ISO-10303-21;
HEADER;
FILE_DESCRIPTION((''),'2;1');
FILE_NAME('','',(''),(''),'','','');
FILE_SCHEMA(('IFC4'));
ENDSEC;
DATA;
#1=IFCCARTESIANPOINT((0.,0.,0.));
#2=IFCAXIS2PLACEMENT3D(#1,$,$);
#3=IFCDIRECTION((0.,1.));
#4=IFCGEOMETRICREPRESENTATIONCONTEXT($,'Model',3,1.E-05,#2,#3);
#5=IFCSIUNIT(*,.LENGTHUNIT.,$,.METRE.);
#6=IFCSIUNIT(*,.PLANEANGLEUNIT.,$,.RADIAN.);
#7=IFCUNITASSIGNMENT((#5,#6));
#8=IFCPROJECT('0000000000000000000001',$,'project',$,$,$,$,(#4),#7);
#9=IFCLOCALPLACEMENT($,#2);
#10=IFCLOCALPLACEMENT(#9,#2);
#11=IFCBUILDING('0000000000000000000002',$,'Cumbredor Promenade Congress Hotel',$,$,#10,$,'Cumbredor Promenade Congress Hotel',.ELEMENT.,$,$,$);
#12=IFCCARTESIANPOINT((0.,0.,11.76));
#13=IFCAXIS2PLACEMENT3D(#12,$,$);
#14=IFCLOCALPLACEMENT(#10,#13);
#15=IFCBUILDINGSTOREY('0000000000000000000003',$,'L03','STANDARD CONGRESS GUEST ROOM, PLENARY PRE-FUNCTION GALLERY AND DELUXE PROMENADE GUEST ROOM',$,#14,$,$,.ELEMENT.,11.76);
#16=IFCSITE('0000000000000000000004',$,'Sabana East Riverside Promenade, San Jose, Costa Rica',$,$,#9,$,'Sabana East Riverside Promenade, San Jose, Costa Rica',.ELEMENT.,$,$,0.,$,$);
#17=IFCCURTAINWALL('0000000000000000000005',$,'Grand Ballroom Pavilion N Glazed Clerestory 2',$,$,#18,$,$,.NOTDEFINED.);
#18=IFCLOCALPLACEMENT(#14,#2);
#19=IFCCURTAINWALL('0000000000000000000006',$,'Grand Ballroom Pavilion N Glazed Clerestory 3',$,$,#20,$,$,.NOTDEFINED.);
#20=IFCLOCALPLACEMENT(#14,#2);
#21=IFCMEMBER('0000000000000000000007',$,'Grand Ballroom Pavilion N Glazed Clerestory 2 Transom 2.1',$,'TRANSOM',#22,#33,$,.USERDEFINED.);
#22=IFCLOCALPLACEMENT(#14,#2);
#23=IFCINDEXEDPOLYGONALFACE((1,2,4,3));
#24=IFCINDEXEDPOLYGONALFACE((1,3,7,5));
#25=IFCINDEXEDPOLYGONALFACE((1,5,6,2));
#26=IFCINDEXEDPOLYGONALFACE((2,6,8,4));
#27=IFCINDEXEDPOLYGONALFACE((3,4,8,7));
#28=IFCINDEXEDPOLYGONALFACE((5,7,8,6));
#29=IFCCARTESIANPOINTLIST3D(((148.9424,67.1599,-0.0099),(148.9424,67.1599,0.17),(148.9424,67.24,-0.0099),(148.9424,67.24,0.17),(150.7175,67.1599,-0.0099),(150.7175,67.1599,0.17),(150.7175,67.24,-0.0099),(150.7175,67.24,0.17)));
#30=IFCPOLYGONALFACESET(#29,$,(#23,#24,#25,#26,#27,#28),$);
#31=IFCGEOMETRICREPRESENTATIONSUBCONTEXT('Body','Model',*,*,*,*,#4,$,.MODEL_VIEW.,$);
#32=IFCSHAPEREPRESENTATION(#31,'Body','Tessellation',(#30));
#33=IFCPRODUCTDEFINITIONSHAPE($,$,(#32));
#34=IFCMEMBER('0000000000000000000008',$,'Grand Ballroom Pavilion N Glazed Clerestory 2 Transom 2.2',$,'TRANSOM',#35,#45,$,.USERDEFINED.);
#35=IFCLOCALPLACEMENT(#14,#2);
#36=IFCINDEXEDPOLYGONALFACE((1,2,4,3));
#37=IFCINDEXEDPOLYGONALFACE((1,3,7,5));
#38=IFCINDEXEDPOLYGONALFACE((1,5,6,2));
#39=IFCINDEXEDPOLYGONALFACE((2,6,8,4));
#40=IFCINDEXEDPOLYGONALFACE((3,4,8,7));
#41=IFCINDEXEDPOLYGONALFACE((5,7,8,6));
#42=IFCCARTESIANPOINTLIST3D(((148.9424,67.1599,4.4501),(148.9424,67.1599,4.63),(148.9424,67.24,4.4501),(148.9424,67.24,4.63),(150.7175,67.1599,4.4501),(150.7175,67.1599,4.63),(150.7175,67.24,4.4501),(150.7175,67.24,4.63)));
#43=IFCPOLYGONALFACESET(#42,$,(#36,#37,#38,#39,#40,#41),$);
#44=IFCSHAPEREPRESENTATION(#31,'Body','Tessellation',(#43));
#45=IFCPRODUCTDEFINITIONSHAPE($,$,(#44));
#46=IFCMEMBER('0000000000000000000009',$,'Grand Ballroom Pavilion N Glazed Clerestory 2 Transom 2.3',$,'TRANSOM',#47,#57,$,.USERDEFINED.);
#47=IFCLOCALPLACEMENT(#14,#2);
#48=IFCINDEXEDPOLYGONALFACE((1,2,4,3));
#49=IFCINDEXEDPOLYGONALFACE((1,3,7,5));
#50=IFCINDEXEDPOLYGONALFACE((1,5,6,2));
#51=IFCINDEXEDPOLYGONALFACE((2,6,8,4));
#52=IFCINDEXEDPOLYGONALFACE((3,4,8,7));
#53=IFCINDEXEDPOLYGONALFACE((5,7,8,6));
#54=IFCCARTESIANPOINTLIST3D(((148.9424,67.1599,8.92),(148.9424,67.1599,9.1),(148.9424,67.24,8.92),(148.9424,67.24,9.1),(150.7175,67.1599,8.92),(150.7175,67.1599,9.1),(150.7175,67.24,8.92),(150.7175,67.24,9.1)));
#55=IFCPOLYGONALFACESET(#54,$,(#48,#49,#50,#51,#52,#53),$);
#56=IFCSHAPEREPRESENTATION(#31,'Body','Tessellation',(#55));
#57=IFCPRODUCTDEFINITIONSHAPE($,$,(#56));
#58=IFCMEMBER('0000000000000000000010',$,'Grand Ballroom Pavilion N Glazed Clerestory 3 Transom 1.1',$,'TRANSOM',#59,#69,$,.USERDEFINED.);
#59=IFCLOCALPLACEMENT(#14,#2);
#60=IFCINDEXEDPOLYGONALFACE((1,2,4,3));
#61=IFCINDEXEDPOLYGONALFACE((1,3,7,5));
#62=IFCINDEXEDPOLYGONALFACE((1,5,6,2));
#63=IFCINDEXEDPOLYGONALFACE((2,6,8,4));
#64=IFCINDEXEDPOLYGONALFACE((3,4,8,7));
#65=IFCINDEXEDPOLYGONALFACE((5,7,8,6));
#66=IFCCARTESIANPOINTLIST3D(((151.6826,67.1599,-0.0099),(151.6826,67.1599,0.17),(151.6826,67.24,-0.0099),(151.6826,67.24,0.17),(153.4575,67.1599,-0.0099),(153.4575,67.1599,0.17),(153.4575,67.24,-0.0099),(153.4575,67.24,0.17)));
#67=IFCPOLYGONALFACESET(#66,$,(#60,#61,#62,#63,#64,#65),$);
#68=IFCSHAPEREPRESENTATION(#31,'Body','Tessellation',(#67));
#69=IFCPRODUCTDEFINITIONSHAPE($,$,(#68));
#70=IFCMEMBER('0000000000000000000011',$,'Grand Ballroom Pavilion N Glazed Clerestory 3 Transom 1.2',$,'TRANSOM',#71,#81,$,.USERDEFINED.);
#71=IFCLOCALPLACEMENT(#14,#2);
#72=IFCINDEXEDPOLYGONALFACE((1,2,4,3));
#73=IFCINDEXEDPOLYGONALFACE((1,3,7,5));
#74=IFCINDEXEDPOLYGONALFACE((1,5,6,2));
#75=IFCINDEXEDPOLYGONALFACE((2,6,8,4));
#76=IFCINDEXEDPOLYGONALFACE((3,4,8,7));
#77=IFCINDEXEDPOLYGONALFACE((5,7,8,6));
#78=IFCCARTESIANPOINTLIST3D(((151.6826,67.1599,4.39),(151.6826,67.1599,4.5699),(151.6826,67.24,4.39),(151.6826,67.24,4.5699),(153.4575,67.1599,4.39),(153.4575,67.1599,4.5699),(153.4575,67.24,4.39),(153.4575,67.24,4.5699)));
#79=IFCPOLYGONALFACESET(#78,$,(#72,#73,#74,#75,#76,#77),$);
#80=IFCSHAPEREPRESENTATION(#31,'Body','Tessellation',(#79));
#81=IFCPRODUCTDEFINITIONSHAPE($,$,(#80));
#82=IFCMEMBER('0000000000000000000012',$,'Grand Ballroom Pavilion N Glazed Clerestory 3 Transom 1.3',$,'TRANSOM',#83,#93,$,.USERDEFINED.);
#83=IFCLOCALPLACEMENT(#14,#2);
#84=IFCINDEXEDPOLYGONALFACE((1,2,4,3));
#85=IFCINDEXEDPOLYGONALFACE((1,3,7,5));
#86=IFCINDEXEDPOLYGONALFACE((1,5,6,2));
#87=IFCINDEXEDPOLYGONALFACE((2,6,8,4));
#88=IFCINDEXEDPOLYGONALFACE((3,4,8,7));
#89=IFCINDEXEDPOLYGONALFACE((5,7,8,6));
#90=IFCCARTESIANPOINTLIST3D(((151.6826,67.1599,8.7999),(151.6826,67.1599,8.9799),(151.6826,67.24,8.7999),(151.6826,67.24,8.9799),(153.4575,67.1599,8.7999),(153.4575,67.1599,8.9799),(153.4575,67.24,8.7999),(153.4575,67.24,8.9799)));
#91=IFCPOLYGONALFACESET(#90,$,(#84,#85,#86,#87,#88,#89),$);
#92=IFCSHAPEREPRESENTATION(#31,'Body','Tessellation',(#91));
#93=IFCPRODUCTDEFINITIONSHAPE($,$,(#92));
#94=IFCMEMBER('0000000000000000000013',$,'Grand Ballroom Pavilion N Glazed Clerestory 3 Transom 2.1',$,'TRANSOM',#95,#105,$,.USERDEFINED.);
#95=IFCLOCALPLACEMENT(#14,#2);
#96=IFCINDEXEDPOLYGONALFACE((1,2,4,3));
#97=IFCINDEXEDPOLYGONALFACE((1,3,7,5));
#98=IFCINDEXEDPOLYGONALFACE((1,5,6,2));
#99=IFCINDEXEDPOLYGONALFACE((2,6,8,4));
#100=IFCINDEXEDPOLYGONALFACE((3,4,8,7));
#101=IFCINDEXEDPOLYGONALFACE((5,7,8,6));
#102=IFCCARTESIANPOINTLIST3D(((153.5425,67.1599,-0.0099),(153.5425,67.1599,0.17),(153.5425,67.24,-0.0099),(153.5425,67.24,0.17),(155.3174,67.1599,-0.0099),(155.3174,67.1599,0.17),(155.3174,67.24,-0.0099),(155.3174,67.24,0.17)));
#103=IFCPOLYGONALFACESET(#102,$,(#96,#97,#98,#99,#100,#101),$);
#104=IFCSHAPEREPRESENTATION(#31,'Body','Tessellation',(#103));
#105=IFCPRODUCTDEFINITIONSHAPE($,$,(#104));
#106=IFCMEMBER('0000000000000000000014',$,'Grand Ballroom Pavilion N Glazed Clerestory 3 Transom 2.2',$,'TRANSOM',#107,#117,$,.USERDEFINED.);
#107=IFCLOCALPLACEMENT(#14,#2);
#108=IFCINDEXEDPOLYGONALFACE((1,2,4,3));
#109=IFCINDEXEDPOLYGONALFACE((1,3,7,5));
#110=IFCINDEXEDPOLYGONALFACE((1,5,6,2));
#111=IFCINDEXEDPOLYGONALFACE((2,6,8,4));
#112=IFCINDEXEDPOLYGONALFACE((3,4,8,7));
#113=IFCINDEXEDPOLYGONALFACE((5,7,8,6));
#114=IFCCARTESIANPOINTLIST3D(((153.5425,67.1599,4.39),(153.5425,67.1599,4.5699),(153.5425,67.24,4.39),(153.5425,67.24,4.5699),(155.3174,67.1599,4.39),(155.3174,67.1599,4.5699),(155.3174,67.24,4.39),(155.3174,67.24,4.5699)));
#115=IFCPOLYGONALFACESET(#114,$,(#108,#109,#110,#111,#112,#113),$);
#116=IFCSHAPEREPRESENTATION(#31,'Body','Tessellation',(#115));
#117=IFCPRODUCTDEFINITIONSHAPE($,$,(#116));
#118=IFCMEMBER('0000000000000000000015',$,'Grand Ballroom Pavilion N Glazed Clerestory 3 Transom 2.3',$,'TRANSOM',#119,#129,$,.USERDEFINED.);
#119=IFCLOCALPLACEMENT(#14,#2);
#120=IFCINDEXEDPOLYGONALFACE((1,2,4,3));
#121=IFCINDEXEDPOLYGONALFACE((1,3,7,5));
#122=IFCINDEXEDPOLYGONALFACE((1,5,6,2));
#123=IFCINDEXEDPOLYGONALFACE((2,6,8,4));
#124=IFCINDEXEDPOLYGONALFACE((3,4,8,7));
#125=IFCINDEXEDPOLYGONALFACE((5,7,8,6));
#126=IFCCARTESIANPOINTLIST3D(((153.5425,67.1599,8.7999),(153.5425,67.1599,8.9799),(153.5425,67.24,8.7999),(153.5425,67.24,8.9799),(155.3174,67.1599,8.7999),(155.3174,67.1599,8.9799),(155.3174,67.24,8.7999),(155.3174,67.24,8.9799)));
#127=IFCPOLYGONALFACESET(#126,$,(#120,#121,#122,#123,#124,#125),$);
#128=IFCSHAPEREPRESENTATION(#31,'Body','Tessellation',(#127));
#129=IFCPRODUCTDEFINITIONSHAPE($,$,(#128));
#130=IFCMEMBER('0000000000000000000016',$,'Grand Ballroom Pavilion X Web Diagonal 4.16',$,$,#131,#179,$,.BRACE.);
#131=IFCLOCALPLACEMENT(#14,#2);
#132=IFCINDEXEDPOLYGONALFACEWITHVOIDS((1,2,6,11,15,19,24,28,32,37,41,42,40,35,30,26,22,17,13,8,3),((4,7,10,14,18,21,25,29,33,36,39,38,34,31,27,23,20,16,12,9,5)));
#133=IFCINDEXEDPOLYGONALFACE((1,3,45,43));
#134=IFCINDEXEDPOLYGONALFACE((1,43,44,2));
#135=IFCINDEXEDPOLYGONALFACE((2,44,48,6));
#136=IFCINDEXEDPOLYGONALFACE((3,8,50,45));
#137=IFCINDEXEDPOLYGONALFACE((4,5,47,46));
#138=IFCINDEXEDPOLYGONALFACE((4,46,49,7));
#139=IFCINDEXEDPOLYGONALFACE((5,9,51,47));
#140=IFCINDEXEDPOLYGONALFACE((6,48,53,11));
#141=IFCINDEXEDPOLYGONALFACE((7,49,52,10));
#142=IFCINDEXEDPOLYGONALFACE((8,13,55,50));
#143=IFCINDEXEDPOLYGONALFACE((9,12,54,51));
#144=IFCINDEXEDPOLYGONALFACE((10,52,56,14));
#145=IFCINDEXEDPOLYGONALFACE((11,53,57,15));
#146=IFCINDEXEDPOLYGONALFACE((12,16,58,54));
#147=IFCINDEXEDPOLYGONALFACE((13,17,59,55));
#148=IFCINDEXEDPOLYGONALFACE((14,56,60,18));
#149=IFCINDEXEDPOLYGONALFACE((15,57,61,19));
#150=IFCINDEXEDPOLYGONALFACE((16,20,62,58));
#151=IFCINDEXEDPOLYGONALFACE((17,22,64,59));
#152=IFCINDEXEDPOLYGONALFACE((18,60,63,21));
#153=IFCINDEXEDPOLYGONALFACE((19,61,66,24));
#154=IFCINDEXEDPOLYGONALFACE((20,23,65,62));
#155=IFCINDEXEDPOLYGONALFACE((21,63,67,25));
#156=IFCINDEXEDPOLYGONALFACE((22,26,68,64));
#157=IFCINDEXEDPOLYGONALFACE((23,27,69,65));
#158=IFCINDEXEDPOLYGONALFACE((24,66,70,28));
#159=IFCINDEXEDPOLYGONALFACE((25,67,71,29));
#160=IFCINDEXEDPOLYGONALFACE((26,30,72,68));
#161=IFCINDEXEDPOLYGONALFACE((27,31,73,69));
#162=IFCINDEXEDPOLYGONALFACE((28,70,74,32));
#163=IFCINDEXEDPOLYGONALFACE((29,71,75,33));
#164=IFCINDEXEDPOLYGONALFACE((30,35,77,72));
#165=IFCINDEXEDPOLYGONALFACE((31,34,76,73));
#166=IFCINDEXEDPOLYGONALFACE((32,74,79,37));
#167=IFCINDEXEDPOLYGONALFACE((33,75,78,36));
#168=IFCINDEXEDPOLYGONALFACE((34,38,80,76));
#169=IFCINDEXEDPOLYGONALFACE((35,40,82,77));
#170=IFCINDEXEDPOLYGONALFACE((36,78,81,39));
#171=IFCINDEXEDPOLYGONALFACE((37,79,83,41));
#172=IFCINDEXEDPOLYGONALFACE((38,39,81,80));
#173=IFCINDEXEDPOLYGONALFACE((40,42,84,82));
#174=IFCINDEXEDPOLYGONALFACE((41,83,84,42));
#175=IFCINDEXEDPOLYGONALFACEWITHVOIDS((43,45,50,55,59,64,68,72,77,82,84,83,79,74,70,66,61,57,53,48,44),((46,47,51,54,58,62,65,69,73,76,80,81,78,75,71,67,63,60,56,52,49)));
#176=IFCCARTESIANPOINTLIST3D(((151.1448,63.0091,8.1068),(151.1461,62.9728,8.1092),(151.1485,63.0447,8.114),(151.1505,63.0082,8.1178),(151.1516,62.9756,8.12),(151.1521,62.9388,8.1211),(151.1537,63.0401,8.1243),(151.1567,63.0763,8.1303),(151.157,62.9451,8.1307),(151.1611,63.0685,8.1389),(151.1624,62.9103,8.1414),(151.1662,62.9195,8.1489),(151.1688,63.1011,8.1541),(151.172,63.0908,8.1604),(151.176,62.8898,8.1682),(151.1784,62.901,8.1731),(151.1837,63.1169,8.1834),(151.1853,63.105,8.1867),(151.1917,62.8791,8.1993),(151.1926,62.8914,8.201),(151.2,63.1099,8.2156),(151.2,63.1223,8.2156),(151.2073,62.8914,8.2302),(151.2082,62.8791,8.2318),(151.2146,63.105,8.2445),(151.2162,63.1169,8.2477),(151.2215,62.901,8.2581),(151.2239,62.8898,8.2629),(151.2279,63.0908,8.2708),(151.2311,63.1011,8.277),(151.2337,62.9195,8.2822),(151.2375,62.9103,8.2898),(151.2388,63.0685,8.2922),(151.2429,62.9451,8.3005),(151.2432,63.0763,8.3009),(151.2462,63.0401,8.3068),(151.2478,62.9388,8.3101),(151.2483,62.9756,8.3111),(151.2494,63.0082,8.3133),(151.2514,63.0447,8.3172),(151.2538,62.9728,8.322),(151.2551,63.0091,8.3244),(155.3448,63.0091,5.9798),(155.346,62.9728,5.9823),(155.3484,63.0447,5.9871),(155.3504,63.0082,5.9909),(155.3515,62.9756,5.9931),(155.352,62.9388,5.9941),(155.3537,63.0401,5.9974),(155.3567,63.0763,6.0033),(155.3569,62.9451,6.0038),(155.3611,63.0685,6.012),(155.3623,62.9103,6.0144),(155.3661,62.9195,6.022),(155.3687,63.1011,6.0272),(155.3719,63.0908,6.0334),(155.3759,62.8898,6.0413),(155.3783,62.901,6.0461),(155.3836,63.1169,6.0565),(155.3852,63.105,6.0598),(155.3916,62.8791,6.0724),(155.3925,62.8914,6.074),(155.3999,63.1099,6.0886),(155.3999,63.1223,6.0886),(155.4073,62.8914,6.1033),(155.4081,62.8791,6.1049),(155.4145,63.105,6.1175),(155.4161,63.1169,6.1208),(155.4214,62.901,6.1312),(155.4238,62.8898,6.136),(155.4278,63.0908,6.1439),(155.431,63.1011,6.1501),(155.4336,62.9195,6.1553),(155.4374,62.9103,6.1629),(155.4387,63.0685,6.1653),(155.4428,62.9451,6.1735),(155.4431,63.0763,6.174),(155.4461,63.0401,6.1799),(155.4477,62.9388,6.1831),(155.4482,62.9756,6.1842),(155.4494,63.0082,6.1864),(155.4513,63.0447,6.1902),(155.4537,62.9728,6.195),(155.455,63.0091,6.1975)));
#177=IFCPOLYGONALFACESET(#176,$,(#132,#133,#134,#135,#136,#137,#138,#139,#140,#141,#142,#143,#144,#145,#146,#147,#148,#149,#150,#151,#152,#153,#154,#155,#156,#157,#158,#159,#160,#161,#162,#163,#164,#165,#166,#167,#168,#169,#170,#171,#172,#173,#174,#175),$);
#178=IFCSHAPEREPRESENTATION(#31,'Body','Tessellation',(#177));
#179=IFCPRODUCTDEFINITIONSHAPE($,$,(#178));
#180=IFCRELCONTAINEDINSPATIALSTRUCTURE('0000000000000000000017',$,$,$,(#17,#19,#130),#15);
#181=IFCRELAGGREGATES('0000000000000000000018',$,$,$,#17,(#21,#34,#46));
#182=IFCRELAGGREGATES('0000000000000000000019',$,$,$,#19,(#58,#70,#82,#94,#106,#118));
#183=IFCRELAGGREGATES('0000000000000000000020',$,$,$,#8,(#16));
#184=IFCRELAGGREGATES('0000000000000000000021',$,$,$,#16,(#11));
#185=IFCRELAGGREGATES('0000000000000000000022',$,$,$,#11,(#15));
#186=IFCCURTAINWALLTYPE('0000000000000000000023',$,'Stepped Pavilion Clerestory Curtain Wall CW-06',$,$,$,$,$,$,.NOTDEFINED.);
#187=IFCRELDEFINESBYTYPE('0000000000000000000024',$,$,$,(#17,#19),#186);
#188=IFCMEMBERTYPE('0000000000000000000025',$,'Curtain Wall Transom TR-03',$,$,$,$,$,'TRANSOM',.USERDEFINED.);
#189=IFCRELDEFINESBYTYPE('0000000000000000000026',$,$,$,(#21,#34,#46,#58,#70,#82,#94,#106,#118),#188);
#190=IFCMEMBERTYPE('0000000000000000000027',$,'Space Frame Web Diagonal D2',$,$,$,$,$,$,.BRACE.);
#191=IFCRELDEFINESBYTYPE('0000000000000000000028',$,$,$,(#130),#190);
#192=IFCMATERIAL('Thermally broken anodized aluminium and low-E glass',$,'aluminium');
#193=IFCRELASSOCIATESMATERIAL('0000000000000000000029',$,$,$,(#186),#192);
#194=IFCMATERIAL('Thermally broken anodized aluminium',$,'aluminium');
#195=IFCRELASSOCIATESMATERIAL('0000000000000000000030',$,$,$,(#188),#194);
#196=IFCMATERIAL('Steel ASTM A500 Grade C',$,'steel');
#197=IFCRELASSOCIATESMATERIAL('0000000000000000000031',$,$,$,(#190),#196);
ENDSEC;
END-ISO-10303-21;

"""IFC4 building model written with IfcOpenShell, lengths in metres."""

from ifc_helpers import new_model, si_unit, direction, frame, origin, origin_2d, place, context, subcontext, project, spatial, rectangle, hollow_circle, extrude, material, material_profile, profile_set, type_object, element, aggregate, save


model = new_model("IFC4")

# Units and contexts
model_context = context("Model", 3, precision=1e-05, world=origin(), true_north=direction((0.0, 1.0)))
body_context = subcontext(model_context, "Body", "Model", "MODEL_VIEW")
ifc_project = project(units=[si_unit("LENGTHUNIT", "METRE"), si_unit("PLANEANGLEUNIT", "RADIAN")], contexts=[model_context])

# Site, building, storey
site_placement = place(None, origin())
site = spatial("IfcSite", under=ifc_project, at=site_placement, Name="Sabana East Riverside Promenade, San Jose, Costa Rica", LongName="Sabana East Riverside Promenade, San Jose, Costa Rica", CompositionType="ELEMENT", RefElevation=0.0)
building_placement = place(site_placement, origin())
building = spatial("IfcBuilding", under=site, at=building_placement, Name="Cumbredor Promenade Congress Hotel", LongName="Cumbredor Promenade Congress Hotel", CompositionType="ELEMENT")
storey_placement = place(building_placement, frame((0.0, 0.0, 11.76)))
storey = spatial("IfcBuildingStorey", under=building, at=storey_placement, Name="L03", Description="STANDARD CONGRESS GUEST ROOM, PLENARY PRE-FUNCTION GALLERY AND DELUXE PROMENADE GUEST ROOM", CompositionType="ELEMENT", Elevation=11.76)

# Shared definitions
ifc_material_1 = material(Name="Steel ASTM A500 Grade C", Category="steel")

# Curtain walls
ifc_material_2 = material(Name="Thermally broken anodized aluminium and low-E glass", Category="aluminium")
curtain_wall_type = type_object("IfcCurtainWallType", Name="Stepped Pavilion Clerestory Curtain Wall CW-06", PredefinedType="NOTDEFINED", material=ifc_material_2)
curtain_wall_1_placement = place(storey_placement, origin())
curtain_wall_1 = element("IfcCurtainWall", 1, at=curtain_wall_1_placement, inside=storey, type_object=curtain_wall_type, Name="Grand Ballroom Pavilion N Glazed Clerestory 2", PredefinedType="NOTDEFINED")
ifc_material_3 = material(Name="Thermally broken anodized aluminium", Category="aluminium")
curtain_wall_2_placement = place(storey_placement, origin())
curtain_wall_2 = element("IfcCurtainWall", 2, at=curtain_wall_2_placement, inside=storey, type_object=curtain_wall_type, Name="Grand Ballroom Pavilion N Glazed Clerestory 3", PredefinedType="NOTDEFINED")

# Members
ifc_material_profile_1 = material_profile(ifc_material_3, rectangle(XDim=0.0801, YDim=0.1799, at=origin_2d()), Name="ALU TRANSOM 80x180")
ifc_profile_set_1 = profile_set([ifc_material_profile_1], Name="Thermally broken anodized aluminium")
member_type_1 = type_object("IfcMemberType", Name="Curtain Wall Transom TR-03", ElementType="TRANSOM", PredefinedType="USERDEFINED", material=ifc_profile_set_1)
member_1_placement = place(storey_placement, frame((148.9424, 67.2, 0.0801), z_axis=(1.0, 0.0, 0.0), x_axis=(0.0, 1.0, 0.0)))
member_1 = element("IfcMember", 3, at=member_1_placement, type_object=member_type_1, Name="Grand Ballroom Pavilion N Glazed Clerestory 2 Transom 2.1", ObjectType="TRANSOM", PredefinedType="USERDEFINED", context=body_context, shape_type="SweptSolid", body=[
    extrude(rectangle(XDim=0.0801, YDim=0.1799, at=origin_2d()), origin(), (0.0, 0.0, 1.0), 1.7751),
])
member_2_placement = place(storey_placement, frame((148.9424, 67.2, 4.54), z_axis=(1.0, 0.0, 0.0), x_axis=(0.0, 1.0, 0.0)))
member_2 = element("IfcMember", 4, at=member_2_placement, type_object=member_type_1, Name="Grand Ballroom Pavilion N Glazed Clerestory 2 Transom 2.2", ObjectType="TRANSOM", PredefinedType="USERDEFINED", context=body_context, shape_type="SweptSolid", body=[
    extrude(rectangle(XDim=0.0801, YDim=0.1799, at=origin_2d()), origin(), (0.0, 0.0, 1.0), 1.7751),
])
member_3_placement = place(storey_placement, frame((148.9424, 67.2, 9.01), z_axis=(1.0, 0.0, 0.0), x_axis=(0.0, 1.0, 0.0)))
member_3 = element("IfcMember", 5, at=member_3_placement, type_object=member_type_1, Name="Grand Ballroom Pavilion N Glazed Clerestory 2 Transom 2.3", ObjectType="TRANSOM", PredefinedType="USERDEFINED", context=body_context, shape_type="SweptSolid", body=[
    extrude(rectangle(XDim=0.0801, YDim=0.1799, at=origin_2d()), origin(), (0.0, 0.0, 1.0), 1.7751),
])
member_4_placement = place(storey_placement, frame((151.6826, 67.2, 0.0801), z_axis=(1.0, 0.0, 0.0), x_axis=(0.0, 1.0, 0.0)))
member_4 = element("IfcMember", 6, at=member_4_placement, type_object=member_type_1, Name="Grand Ballroom Pavilion N Glazed Clerestory 3 Transom 1.1", ObjectType="TRANSOM", PredefinedType="USERDEFINED", context=body_context, shape_type="SweptSolid", body=[
    extrude(rectangle(XDim=0.0801, YDim=0.1799, at=origin_2d()), origin(), (0.0, 0.0, 1.0), 1.7749),
])
member_5_placement = place(storey_placement, frame((151.6826, 67.2, 4.48), z_axis=(1.0, 0.0, 0.0), x_axis=(0.0, 1.0, 0.0)))
member_5 = element("IfcMember", 7, at=member_5_placement, type_object=member_type_1, Name="Grand Ballroom Pavilion N Glazed Clerestory 3 Transom 1.2", ObjectType="TRANSOM", PredefinedType="USERDEFINED", context=body_context, shape_type="SweptSolid", body=[
    extrude(rectangle(XDim=0.0801, YDim=0.1799, at=origin_2d()), origin(), (0.0, 0.0, 1.0), 1.7749),
])
member_6_placement = place(storey_placement, frame((151.6826, 67.2, 8.8899), z_axis=(1.0, 0.0, 0.0), x_axis=(0.0, 1.0, 0.0)))
member_6 = element("IfcMember", 8, at=member_6_placement, type_object=member_type_1, Name="Grand Ballroom Pavilion N Glazed Clerestory 3 Transom 1.3", ObjectType="TRANSOM", PredefinedType="USERDEFINED", context=body_context, shape_type="SweptSolid", body=[
    extrude(rectangle(XDim=0.0801, YDim=0.1799, at=origin_2d()), origin(), (0.0, 0.0, 1.0), 1.7749),
])
member_7_placement = place(storey_placement, frame((153.5425, 67.2, 0.0801), z_axis=(1.0, 0.0, 0.0), x_axis=(0.0, 1.0, 0.0)))
member_7 = element("IfcMember", 9, at=member_7_placement, type_object=member_type_1, Name="Grand Ballroom Pavilion N Glazed Clerestory 3 Transom 2.1", ObjectType="TRANSOM", PredefinedType="USERDEFINED", context=body_context, shape_type="SweptSolid", body=[
    extrude(rectangle(XDim=0.0801, YDim=0.1799, at=origin_2d()), origin(), (0.0, 0.0, 1.0), 1.7749),
])
member_8_placement = place(storey_placement, frame((153.5425, 67.2, 4.48), z_axis=(1.0, 0.0, 0.0), x_axis=(0.0, 1.0, 0.0)))
member_8 = element("IfcMember", 10, at=member_8_placement, type_object=member_type_1, Name="Grand Ballroom Pavilion N Glazed Clerestory 3 Transom 2.2", ObjectType="TRANSOM", PredefinedType="USERDEFINED", context=body_context, shape_type="SweptSolid", body=[
    extrude(rectangle(XDim=0.0801, YDim=0.1799, at=origin_2d()), origin(), (0.0, 0.0, 1.0), 1.7749),
])
member_9_placement = place(storey_placement, frame((153.5425, 67.2, 8.8899), z_axis=(1.0, 0.0, 0.0), x_axis=(0.0, 1.0, 0.0)))
member_9 = element("IfcMember", 11, at=member_9_placement, type_object=member_type_1, Name="Grand Ballroom Pavilion N Glazed Clerestory 3 Transom 2.3", ObjectType="TRANSOM", PredefinedType="USERDEFINED", context=body_context, shape_type="SweptSolid", body=[
    extrude(rectangle(XDim=0.0801, YDim=0.1799, at=origin_2d()), origin(), (0.0, 0.0, 1.0), 1.7749),
])

# Member
ifc_material_profile_2 = material_profile(ifc_material_1, hollow_circle(Radius=0.1223, WallThickness=0.0125, at=origin_2d()), Name="CHS 244.5x12.5")
ifc_profile_set_2 = profile_set([ifc_material_profile_2], Name="Steel ASTM A500 Grade C")
member_type_2 = type_object("IfcMemberType", Name="Space Frame Web Diagonal D2", PredefinedType="BRACE", material=ifc_profile_set_2)
member_10_placement = place(storey_placement, frame((151.2, 63.0, 8.2156), z_axis=(0.892123, 0.0, -0.451792), x_axis=(0.0, 1.0, 0.0)))
element("IfcMember", 12, at=member_10_placement, inside=storey, type_object=member_type_2, Name="Grand Ballroom Pavilion X Web Diagonal 4.16", PredefinedType="BRACE", context=body_context, shape_type="SweptSolid", body=[
    extrude(hollow_circle(Radius=0.1223, WallThickness=0.0125, at=origin_2d()), origin(), (0.0, 0.0, 1.0), 4.7078),
])

aggregate(curtain_wall_1, [member_1, member_2, member_3])
aggregate(curtain_wall_2, [member_4, member_5, member_6, member_7, member_8, member_9])

save(model, "model.ifc")
